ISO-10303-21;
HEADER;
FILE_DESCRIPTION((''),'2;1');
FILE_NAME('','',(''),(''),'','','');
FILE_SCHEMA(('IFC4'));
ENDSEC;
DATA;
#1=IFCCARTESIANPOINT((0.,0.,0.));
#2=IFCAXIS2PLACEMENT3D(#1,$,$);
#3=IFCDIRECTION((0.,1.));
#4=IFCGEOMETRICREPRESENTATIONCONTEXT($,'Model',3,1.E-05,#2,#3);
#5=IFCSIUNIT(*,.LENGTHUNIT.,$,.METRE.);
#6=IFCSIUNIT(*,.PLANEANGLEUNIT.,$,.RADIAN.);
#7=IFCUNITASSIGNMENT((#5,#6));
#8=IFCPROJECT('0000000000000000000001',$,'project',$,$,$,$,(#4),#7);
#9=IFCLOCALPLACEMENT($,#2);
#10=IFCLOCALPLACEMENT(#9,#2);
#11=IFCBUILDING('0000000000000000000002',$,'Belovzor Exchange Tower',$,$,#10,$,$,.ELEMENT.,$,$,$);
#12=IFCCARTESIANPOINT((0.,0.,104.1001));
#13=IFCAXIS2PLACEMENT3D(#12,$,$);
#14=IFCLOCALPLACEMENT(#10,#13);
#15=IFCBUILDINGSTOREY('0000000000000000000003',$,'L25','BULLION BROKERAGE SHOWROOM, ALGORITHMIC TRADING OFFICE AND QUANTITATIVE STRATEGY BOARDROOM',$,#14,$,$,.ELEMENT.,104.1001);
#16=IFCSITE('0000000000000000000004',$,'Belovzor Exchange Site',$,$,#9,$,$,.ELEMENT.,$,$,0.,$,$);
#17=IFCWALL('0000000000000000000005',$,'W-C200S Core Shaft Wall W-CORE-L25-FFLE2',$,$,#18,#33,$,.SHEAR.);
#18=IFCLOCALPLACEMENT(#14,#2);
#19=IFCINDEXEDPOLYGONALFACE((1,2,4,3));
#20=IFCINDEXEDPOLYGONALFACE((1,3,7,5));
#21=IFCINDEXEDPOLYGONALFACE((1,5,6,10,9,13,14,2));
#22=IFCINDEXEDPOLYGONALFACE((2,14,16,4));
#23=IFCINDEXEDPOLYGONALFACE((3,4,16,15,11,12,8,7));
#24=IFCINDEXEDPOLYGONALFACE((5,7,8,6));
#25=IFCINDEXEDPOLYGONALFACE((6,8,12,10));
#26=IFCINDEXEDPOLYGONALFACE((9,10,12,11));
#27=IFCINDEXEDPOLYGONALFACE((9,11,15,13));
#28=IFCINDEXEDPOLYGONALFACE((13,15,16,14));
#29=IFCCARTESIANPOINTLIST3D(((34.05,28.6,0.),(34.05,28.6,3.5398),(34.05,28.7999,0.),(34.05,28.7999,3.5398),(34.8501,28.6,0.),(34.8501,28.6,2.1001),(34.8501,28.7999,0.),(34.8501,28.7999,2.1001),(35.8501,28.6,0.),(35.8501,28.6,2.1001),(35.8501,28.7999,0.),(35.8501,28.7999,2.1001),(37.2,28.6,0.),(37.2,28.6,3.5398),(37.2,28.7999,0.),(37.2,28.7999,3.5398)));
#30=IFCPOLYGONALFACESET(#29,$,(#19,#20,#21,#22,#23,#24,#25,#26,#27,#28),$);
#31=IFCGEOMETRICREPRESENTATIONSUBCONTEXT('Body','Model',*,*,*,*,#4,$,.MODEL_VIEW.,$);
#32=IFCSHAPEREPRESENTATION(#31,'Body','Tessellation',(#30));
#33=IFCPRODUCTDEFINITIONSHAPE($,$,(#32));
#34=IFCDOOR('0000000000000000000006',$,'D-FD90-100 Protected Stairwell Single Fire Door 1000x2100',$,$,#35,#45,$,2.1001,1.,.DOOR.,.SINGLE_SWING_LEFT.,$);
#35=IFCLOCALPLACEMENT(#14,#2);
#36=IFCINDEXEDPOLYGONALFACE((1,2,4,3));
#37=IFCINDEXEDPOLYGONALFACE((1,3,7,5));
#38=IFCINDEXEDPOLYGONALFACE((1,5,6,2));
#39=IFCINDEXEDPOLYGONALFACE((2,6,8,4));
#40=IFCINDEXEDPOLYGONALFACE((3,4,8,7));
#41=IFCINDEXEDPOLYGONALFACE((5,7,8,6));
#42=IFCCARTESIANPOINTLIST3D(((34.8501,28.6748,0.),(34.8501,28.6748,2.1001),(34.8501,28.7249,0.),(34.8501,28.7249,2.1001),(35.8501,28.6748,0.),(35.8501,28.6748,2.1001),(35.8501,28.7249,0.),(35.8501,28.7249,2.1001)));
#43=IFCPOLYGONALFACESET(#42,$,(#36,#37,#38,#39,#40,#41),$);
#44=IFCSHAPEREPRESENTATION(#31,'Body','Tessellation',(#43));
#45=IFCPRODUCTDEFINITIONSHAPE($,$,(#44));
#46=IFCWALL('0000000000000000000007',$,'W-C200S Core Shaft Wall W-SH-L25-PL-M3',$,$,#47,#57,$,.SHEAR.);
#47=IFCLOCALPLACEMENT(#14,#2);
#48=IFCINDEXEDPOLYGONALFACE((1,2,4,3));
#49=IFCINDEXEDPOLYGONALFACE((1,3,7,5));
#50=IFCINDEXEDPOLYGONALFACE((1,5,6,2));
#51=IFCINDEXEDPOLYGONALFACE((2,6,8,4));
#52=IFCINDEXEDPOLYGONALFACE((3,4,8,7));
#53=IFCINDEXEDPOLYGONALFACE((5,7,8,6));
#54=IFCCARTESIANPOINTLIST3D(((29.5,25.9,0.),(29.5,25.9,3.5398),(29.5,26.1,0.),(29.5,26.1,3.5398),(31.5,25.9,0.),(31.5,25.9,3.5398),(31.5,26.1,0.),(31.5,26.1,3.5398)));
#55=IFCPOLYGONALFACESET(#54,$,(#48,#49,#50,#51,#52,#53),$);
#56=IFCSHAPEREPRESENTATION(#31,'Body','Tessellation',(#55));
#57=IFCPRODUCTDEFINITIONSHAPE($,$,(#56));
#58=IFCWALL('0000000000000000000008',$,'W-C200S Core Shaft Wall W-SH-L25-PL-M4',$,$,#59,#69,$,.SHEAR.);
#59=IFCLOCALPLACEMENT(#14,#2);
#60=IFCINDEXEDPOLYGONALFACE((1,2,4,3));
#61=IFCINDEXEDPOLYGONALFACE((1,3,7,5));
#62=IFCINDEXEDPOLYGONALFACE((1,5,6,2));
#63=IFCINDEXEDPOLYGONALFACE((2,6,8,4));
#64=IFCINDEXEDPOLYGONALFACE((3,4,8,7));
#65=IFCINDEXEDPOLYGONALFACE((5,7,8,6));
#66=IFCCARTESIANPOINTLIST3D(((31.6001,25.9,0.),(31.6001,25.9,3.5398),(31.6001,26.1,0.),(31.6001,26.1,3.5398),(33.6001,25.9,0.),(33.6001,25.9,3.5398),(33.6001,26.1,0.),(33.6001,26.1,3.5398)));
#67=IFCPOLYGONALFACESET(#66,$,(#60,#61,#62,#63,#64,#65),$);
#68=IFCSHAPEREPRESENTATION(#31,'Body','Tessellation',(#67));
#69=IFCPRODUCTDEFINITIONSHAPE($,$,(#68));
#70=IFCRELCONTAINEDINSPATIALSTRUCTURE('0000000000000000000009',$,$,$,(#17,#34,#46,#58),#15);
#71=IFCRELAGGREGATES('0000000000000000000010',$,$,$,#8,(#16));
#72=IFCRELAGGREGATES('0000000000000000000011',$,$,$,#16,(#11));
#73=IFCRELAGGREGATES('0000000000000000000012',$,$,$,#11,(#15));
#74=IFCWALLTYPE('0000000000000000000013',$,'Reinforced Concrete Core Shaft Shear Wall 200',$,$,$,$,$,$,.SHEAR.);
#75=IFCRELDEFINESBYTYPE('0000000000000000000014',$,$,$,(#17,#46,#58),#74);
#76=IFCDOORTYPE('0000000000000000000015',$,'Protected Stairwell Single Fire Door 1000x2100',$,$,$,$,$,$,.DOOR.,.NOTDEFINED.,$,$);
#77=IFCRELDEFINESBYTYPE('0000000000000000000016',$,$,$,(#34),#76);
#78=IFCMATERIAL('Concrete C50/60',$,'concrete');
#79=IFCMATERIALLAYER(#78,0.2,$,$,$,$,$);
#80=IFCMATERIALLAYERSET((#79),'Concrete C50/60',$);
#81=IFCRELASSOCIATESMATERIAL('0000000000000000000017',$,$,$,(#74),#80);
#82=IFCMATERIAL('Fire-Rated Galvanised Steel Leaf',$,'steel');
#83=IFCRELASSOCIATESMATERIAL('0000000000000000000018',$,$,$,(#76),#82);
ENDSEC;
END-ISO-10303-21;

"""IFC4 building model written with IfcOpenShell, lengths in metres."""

from ifc_helpers import new_model, si_unit, direction, frame, frame_2d, origin, place, context, subcontext, project, spatial, rectangle, extrude, material, layer, layer_set, type_object, element, fill, save


model = new_model("IFC4")

# Units and contexts
model_context = context("Model", 3, precision=1e-05, world=origin(), true_north=direction((0.0, 1.0)))
body_context = subcontext(model_context, "Body", "Model", "MODEL_VIEW")
ifc_project = project(units=[si_unit("LENGTHUNIT", "METRE"), si_unit("PLANEANGLEUNIT", "RADIAN")], contexts=[model_context])

# Site, building, storey
site_placement = place(None, origin())
site = spatial("IfcSite", under=ifc_project, at=site_placement, Name="Belovzor Exchange Site", CompositionType="ELEMENT", RefElevation=0.0)
building_placement = place(site_placement, origin())
building = spatial("IfcBuilding", under=site, at=building_placement, Name="Belovzor Exchange Tower", CompositionType="ELEMENT")
storey_placement = place(building_placement, frame((0.0, 0.0, 104.1001)))
storey = spatial("IfcBuildingStorey", under=building, at=storey_placement, Name="L25", Description="BULLION BROKERAGE SHOWROOM, ALGORITHMIC TRADING OFFICE AND QUANTITATIVE STRATEGY BOARDROOM", CompositionType="ELEMENT", Elevation=104.1001)

# Wall, opening, door
ifc_material_1 = material(Name="Concrete C50/60", Category="concrete")
ifc_layer_1 = layer(ifc_material_1, 0.2)
ifc_layer_set_1 = layer_set([ifc_layer_1], Name="Concrete C50/60")
wall_type_1 = type_object("IfcWallType", Name="Reinforced Concrete Core Shaft Shear Wall 200", PredefinedType="SHEAR", material=ifc_layer_set_1)
wall_1_placement = place(storey_placement, frame((34.05, 28.7, 0.0), z_axis=(0.0, 0.0, 1.0), x_axis=(1.0, 0.0, 0.0)))
wall_1 = element("IfcWall", 1, at=wall_1_placement, inside=storey, type_object=wall_type_1, Name="W-C200S Core Shaft Wall W-CORE-L25-FFLE2", PredefinedType="SHEAR", context=body_context, shape_type="SweptSolid", body=[
    extrude(rectangle(XDim=3.1499, YDim=0.2, at=frame_2d((1.575, 0.0))), origin(), (0.0, 0.0, 1.0), 3.5398),
])
opening_1_placement = place(wall_1_placement, frame((0.8, 0.0, 0.0)))
opening_1 = element("IfcOpeningElement", 2, at=opening_1_placement, cuts=wall_1, PredefinedType="OPENING", context=body_context, shape_type="SweptSolid", body=[
    extrude(rectangle(XDim=1.0, YDim=2.1001, at=frame_2d((0.5, 1.05))), frame((0.0, 0.1099, 0.0), z_axis=(0.0, -1.0, 0.0), x_axis=(1.0, 0.0, 0.0)), (0.0, 0.0, 1.0), 0.22),
])
ifc_material_2 = material(Name="Fire-Rated Galvanised Steel Leaf", Category="steel")
door_type_1 = type_object("IfcDoorType", Name="Protected Stairwell Single Fire Door 1000x2100", OperationType="NOTDEFINED", PredefinedType="DOOR", material=ifc_material_2)
door_1_placement = place(opening_1_placement, origin())
door_1 = element("IfcDoor", 3, at=door_1_placement, inside=storey, type_object=door_type_1, Name="D-FD90-100 Protected Stairwell Single Fire Door 1000x2100", OperationType="SINGLE_SWING_LEFT", OverallHeight=2.1001, OverallWidth=1.0, PredefinedType="DOOR", context=body_context, shape_type="SweptSolid", body=[
    extrude(rectangle(XDim=1.0, YDim=2.1001, at=frame_2d((0.5, 1.05))), frame((0.0, 0.0249, 0.0), z_axis=(0.0, -1.0, 0.0), x_axis=(1.0, 0.0, 0.0)), (0.0, 0.0, 1.0), 0.05),
])
fill(opening_1, door_1)

# Walls
for number, where, z_axis, x_axis, name in (
    (4, (29.5, 26.0, 0.0), (0.0, 0.0, 1.0), (1.0, 0.0, 0.0), "W-C200S Core Shaft Wall W-SH-L25-PL-M3"),
    (5, (31.6001, 26.0, 0.0), (0.0, 0.0, 1.0), (1.0, 0.0, 0.0), "W-C200S Core Shaft Wall W-SH-L25-PL-M4"),
):
    element("IfcWall", number, at=place(storey_placement, frame(where, z_axis=z_axis, x_axis=x_axis)), inside=storey, type_object=wall_type_1, Name=name, PredefinedType="SHEAR", context=body_context, shape_type="SweptSolid", body=[
        extrude(rectangle(XDim=2.0, YDim=0.2, at=frame_2d((1.0, 0.0))), origin(), (0.0, 0.0, 1.0), 3.5398),
    ])

save(model, "model.ifc")
